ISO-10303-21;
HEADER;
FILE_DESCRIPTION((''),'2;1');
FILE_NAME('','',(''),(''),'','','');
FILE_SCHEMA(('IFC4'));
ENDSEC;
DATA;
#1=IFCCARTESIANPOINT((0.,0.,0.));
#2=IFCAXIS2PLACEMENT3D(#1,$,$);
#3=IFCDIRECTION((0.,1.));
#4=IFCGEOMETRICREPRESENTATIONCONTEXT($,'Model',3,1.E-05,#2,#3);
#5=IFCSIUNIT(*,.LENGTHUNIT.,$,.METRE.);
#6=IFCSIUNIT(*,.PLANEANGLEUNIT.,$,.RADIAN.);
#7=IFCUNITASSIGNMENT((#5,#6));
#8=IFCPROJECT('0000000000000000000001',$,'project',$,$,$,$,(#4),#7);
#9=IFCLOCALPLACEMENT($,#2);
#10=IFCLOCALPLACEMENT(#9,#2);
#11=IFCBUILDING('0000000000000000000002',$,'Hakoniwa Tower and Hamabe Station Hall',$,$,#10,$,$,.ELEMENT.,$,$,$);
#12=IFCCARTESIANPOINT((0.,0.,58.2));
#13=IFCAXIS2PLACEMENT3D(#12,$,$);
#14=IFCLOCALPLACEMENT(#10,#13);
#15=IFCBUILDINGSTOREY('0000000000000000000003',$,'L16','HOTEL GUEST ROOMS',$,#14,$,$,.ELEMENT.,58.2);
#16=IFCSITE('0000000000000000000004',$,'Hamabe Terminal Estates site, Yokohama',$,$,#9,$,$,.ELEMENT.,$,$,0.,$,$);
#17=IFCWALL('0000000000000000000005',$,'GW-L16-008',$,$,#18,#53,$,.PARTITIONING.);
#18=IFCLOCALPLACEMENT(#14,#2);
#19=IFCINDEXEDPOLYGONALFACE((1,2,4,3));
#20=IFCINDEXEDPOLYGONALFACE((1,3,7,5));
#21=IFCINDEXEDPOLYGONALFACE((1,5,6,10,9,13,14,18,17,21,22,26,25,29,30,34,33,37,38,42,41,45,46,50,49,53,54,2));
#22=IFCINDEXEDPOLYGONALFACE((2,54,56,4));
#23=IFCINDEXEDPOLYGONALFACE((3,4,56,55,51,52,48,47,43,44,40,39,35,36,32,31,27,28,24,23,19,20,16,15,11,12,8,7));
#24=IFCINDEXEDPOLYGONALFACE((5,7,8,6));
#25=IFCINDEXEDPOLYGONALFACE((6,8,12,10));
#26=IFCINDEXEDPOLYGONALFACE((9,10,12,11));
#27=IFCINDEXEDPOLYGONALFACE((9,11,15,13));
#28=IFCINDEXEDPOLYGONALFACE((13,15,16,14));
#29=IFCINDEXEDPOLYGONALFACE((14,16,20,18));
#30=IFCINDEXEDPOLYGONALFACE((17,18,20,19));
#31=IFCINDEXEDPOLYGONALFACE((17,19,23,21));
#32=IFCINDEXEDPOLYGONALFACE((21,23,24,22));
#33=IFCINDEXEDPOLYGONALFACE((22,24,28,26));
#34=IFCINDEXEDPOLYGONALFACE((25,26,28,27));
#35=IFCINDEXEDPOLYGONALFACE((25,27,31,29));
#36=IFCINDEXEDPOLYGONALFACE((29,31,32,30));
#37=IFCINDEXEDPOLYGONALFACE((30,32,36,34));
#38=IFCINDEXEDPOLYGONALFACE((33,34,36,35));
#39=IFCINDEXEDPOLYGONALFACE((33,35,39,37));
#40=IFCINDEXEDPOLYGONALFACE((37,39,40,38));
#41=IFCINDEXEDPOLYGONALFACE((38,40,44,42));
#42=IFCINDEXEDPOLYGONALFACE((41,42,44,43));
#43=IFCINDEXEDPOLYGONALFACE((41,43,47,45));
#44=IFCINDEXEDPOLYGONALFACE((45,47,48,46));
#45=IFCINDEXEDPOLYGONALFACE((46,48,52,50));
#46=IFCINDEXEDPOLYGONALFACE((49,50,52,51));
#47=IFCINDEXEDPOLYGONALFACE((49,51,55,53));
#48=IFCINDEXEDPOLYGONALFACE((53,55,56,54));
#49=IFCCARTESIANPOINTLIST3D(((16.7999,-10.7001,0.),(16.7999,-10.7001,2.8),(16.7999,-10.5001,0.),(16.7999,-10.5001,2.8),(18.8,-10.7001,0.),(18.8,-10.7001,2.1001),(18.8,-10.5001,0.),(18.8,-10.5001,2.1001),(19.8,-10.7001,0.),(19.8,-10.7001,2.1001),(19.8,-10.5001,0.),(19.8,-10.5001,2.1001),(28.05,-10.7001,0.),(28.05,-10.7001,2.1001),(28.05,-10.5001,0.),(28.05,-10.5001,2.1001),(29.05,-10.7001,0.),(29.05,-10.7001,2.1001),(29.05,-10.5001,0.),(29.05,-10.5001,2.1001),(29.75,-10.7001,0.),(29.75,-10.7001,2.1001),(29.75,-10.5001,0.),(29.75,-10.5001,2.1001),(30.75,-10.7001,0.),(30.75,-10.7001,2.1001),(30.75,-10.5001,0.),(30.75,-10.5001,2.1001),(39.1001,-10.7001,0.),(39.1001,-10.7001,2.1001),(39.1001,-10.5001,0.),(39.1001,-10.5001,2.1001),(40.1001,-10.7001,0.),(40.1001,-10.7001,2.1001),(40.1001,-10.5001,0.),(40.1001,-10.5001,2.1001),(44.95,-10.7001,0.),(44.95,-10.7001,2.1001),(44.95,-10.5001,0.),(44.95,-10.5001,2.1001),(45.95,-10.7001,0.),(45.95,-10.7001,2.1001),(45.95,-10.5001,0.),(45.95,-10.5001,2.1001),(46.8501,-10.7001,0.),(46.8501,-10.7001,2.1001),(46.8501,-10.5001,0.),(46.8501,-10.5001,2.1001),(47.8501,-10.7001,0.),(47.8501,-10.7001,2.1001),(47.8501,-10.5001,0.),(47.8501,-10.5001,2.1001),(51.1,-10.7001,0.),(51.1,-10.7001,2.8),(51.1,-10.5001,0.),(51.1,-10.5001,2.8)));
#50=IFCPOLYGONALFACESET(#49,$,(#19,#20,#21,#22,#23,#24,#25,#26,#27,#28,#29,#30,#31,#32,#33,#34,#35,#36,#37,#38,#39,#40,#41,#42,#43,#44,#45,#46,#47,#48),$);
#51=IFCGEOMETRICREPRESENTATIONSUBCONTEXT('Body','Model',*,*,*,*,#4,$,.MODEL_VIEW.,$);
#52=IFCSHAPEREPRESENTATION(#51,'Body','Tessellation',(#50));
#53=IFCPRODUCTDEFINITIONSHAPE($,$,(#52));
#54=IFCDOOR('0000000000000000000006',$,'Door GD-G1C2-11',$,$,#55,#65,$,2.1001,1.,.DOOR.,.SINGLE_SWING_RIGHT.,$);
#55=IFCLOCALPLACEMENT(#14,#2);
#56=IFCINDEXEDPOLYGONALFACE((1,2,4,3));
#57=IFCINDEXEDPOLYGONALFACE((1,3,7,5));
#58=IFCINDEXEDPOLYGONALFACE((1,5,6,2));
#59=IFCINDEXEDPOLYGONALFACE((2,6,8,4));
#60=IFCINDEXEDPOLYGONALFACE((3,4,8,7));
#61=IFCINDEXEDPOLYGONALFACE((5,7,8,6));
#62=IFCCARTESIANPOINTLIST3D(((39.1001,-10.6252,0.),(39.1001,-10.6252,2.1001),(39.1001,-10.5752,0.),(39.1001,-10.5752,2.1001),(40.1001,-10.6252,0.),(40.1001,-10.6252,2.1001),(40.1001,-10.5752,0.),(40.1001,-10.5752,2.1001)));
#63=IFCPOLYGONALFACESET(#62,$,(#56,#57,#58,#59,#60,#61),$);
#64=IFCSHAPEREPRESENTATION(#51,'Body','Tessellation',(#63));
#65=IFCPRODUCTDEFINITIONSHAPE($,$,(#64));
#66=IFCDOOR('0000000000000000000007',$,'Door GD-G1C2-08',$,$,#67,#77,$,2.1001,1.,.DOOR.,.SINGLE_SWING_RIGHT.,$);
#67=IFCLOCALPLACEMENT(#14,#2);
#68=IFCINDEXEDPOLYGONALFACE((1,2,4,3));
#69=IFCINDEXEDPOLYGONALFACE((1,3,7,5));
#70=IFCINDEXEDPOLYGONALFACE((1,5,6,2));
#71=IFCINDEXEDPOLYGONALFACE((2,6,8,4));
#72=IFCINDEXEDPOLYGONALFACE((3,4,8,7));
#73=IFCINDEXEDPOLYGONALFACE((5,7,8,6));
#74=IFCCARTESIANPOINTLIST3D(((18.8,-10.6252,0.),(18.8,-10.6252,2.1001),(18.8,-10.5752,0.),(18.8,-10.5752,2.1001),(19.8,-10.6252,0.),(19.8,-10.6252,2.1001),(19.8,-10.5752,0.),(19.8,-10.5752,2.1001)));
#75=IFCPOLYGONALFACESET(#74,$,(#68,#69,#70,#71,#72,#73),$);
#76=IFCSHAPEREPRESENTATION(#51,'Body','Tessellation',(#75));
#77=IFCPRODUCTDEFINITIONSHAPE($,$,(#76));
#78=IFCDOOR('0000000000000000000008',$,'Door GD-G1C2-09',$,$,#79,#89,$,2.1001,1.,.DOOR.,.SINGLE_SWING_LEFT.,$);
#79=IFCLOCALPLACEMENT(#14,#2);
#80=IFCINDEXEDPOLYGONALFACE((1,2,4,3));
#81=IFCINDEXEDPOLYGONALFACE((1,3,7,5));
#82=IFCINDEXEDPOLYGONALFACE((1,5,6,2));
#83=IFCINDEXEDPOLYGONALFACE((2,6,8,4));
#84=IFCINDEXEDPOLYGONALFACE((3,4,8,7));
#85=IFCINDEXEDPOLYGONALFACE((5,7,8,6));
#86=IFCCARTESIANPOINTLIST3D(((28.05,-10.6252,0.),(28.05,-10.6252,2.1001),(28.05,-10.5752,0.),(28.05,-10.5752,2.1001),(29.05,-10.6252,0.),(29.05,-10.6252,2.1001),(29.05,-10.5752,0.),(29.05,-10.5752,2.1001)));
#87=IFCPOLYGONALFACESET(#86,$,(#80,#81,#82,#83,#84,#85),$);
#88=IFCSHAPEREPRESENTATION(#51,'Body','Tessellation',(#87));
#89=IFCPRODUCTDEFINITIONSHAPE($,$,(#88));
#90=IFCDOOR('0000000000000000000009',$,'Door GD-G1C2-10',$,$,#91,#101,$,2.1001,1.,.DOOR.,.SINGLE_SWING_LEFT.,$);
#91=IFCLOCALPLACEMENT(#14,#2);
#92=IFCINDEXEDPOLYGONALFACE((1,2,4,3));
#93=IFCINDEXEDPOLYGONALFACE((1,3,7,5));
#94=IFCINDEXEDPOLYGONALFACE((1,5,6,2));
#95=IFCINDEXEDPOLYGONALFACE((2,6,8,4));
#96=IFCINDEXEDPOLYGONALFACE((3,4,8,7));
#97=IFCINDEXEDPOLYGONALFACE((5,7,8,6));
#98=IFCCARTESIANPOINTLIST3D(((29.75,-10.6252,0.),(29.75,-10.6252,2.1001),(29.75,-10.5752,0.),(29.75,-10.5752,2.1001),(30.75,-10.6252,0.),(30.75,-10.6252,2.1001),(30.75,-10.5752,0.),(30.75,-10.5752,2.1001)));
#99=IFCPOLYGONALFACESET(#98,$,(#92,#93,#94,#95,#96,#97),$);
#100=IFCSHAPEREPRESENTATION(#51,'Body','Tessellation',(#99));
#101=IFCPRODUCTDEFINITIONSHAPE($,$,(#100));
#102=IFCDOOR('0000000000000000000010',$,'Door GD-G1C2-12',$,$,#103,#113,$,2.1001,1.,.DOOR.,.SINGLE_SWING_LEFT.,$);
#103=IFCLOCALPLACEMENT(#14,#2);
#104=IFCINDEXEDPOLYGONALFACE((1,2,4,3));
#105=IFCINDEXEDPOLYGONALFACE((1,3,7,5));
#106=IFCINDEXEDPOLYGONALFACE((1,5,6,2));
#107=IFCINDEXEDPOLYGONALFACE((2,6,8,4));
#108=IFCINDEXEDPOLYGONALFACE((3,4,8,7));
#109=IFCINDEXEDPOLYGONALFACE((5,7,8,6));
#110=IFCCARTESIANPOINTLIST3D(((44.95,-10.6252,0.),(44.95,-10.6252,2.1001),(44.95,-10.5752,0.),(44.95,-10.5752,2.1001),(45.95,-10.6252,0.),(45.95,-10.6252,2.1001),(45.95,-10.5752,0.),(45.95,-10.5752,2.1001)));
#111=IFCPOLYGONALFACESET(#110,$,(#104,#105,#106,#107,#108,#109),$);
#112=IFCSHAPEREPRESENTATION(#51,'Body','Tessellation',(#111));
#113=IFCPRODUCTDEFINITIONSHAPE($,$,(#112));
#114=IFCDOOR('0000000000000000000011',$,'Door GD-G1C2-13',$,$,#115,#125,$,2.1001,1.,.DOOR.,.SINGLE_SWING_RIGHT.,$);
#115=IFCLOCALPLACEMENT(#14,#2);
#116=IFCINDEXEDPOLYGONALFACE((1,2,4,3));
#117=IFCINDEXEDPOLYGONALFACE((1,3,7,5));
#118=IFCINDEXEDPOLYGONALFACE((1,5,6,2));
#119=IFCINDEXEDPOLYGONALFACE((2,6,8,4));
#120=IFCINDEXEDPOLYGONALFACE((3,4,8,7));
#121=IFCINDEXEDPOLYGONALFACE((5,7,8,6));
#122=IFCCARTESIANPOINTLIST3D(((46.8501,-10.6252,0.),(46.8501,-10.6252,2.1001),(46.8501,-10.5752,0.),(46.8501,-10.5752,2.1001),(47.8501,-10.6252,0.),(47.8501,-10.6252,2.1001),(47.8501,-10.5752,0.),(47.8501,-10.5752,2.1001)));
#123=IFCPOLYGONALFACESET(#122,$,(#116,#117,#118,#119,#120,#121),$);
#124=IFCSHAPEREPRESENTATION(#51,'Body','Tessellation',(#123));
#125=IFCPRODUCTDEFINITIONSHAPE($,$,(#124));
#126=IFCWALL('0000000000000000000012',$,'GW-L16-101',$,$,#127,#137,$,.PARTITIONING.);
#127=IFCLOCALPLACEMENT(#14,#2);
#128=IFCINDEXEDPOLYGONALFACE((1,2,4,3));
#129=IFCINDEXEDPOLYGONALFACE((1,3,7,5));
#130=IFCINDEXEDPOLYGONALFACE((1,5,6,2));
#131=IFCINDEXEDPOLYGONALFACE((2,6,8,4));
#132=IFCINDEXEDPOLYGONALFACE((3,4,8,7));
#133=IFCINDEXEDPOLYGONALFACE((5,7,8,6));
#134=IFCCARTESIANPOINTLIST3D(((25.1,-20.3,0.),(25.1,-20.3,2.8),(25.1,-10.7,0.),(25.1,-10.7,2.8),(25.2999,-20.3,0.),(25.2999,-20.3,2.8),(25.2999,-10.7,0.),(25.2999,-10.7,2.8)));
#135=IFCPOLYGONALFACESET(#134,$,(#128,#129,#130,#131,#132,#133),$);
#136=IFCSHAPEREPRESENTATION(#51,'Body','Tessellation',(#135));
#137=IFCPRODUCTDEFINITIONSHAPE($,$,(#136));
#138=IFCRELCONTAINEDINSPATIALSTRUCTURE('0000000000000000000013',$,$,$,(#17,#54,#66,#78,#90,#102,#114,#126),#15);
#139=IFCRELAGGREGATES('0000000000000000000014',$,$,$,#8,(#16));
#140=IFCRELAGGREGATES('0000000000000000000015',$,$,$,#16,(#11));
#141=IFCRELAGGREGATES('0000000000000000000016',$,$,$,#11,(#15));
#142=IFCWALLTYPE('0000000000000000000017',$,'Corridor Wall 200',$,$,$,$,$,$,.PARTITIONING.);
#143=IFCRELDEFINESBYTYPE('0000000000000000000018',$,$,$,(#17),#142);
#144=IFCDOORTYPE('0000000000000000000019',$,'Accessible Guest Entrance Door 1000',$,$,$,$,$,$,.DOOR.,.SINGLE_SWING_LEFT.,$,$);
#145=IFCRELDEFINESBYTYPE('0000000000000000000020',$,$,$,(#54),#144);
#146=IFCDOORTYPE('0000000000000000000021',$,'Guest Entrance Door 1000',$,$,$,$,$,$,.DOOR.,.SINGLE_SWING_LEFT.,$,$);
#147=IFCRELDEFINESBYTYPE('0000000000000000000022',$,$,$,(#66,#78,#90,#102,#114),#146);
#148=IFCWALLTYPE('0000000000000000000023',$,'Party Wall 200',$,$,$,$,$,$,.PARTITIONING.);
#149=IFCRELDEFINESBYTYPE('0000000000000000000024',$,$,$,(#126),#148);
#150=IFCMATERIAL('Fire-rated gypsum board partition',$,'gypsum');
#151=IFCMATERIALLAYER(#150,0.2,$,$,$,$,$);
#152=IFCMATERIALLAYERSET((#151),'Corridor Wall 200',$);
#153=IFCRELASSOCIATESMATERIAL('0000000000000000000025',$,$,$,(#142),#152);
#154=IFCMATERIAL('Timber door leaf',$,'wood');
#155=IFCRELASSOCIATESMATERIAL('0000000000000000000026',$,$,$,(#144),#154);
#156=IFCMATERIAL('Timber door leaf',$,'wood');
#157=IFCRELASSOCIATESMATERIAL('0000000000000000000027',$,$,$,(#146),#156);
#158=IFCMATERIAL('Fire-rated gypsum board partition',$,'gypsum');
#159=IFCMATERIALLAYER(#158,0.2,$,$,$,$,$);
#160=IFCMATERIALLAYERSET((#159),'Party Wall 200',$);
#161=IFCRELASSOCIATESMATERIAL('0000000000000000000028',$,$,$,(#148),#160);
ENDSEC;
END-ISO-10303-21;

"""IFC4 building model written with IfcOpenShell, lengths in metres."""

from ifc_helpers import new_model, si_unit, direction, frame, frame_2d, origin, place, context, subcontext, project, spatial, rectangle, extrude, material, layer, layer_set, type_object, element, fill, save


model = new_model("IFC4")

# Units and contexts
model_context = context("Model", 3, precision=1e-05, world=origin(), true_north=direction((0.0, 1.0)))
body_context = subcontext(model_context, "Body", "Model", "MODEL_VIEW")
ifc_project = project(units=[si_unit("LENGTHUNIT", "METRE"), si_unit("PLANEANGLEUNIT", "RADIAN")], contexts=[model_context])

# Site, building, storey
site_placement = place(None, origin())
site = spatial("IfcSite", under=ifc_project, at=site_placement, Name="Hamabe Terminal Estates site, Yokohama", CompositionType="ELEMENT", RefElevation=0.0)
building_placement = place(site_placement, origin())
building = spatial("IfcBuilding", under=site, at=building_placement, Name="Hakoniwa Tower and Hamabe Station Hall", CompositionType="ELEMENT")
storey_placement = place(building_placement, frame((0.0, 0.0, 58.2)))
storey = spatial("IfcBuildingStorey", under=building, at=storey_placement, Name="L16", Description="HOTEL GUEST ROOMS", CompositionType="ELEMENT", Elevation=58.2)

# Wall, openings, doors
ifc_material_1 = material(Name="Fire-rated gypsum board partition", Category="gypsum")
ifc_layer_1 = layer(ifc_material_1, 0.2)
ifc_layer_set_1 = layer_set([ifc_layer_1], Name="Corridor Wall 200")
wall_type_1 = type_object("IfcWallType", Name="Corridor Wall 200", PredefinedType="PARTITIONING", material=ifc_layer_set_1)
wall_1_placement = place(storey_placement, frame((16.8, -10.6001, 0.0), z_axis=(0.0, 0.0, 1.0), x_axis=(1.0, 0.0, 0.0)))
wall_1 = element("IfcWall", 1, at=wall_1_placement, inside=storey, type_object=wall_type_1, Name="GW-L16-008", PredefinedType="PARTITIONING", context=body_context, shape_type="SweptSolid", body=[
    extrude(rectangle(XDim=34.3, YDim=0.2, at=frame_2d((17.1499, 0.0))), origin(), (0.0, 0.0, 1.0), 2.8),
])
opening_1_placement = place(wall_1_placement, frame((2.0, 0.0, 0.0)))
opening_1 = element("IfcOpeningElement", 2, at=opening_1_placement, cuts=wall_1, PredefinedType="OPENING", context=body_context, shape_type="SweptSolid", body=[
    extrude(rectangle(XDim=1.0, YDim=2.1001, at=frame_2d((0.5, 1.05))), frame((0.0, 0.1099, 0.0), z_axis=(0.0, -1.0, 0.0), x_axis=(1.0, 0.0, 0.0)), (0.0, 0.0, 1.0), 0.22),
])
opening_2_placement = place(wall_1_placement, frame((11.25, 0.0, 0.0)))
opening_2 = element("IfcOpeningElement", 3, at=opening_2_placement, cuts=wall_1, PredefinedType="OPENING", context=body_context, shape_type="SweptSolid", body=[
    extrude(rectangle(XDim=1.0, YDim=2.1001, at=frame_2d((0.5, 1.05))), frame((0.0, 0.1099, 0.0), z_axis=(0.0, -1.0, 0.0), x_axis=(1.0, 0.0, 0.0)), (0.0, 0.0, 1.0), 0.22),
])
opening_3_placement = place(wall_1_placement, frame((12.95, 0.0, 0.0)))
opening_3 = element("IfcOpeningElement", 4, at=opening_3_placement, cuts=wall_1, PredefinedType="OPENING", context=body_context, shape_type="SweptSolid", body=[
    extrude(rectangle(XDim=1.0, YDim=2.1001, at=frame_2d((0.5, 1.05))), frame((0.0, 0.1099, 0.0), z_axis=(0.0, -1.0, 0.0), x_axis=(1.0, 0.0, 0.0)), (0.0, 0.0, 1.0), 0.22),
])
opening_4_placement = place(wall_1_placement, frame((22.3, 0.0, 0.0)))
opening_4 = element("IfcOpeningElement", 5, at=opening_4_placement, cuts=wall_1, PredefinedType="OPENING", context=body_context, shape_type="SweptSolid", body=[
    extrude(rectangle(XDim=1.0, YDim=2.1001, at=frame_2d((0.5, 1.05))), frame((0.0, 0.1099, 0.0), z_axis=(0.0, -1.0, 0.0), x_axis=(1.0, 0.0, 0.0)), (0.0, 0.0, 1.0), 0.22),
])
opening_5_placement = place(wall_1_placement, frame((28.1499, 0.0, 0.0)))
opening_5 = element("IfcOpeningElement", 6, at=opening_5_placement, cuts=wall_1, PredefinedType="OPENING", context=body_context, shape_type="SweptSolid", body=[
    extrude(rectangle(XDim=1.0, YDim=2.1001, at=frame_2d((0.5, 1.05))), frame((0.0, 0.1099, 0.0), z_axis=(0.0, -1.0, 0.0), x_axis=(1.0, 0.0, 0.0)), (0.0, 0.0, 1.0), 0.22),
])
opening_6_placement = place(wall_1_placement, frame((30.05, 0.0, 0.0)))
opening_6 = element("IfcOpeningElement", 7, at=opening_6_placement, cuts=wall_1, PredefinedType="OPENING", context=body_context, shape_type="SweptSolid", body=[
    extrude(rectangle(XDim=1.0, YDim=2.1001, at=frame_2d((0.5, 1.05))), frame((0.0, 0.1099, 0.0), z_axis=(0.0, -1.0, 0.0), x_axis=(1.0, 0.0, 0.0)), (0.0, 0.0, 1.0), 0.22),
])
ifc_material_2 = material(Name="Timber door leaf", Category="wood")
door_type_1 = type_object("IfcDoorType", Name="Accessible Guest Entrance Door 1000", OperationType="SINGLE_SWING_LEFT", PredefinedType="DOOR", material=ifc_material_2)
door_1_placement = place(opening_4_placement, origin())
door_1 = element("IfcDoor", 8, at=door_1_placement, inside=storey, type_object=door_type_1, Name="Door GD-G1C2-11", OperationType="SINGLE_SWING_RIGHT", OverallHeight=2.1001, OverallWidth=1.0, PredefinedType="DOOR", context=body_context, shape_type="SweptSolid", body=[
    extrude(rectangle(XDim=1.0, YDim=2.1001, at=frame_2d((0.5, 1.05))), frame((0.0, 0.0249, 0.0), z_axis=(0.0, -1.0, 0.0), x_axis=(1.0, 0.0, 0.0)), (0.0, 0.0, 1.0), 0.05),
])
fill(opening_4, door_1)
ifc_material_3 = material(Name="Timber door leaf", Category="wood")
door_type_2 = type_object("IfcDoorType", Name="Guest Entrance Door 1000", OperationType="SINGLE_SWING_LEFT", PredefinedType="DOOR", material=ifc_material_3)
door_2_placement = place(opening_1_placement, origin())
door_2 = element("IfcDoor", 9, at=door_2_placement, inside=storey, type_object=door_type_2, Name="Door GD-G1C2-08", OperationType="SINGLE_SWING_RIGHT", OverallHeight=2.1001, OverallWidth=1.0, PredefinedType="DOOR", context=body_context, shape_type="SweptSolid", body=[
    extrude(rectangle(XDim=1.0, YDim=2.1001, at=frame_2d((0.5, 1.05))), frame((0.0, 0.0249, 0.0), z_axis=(0.0, -1.0, 0.0), x_axis=(1.0, 0.0, 0.0)), (0.0, 0.0, 1.0), 0.05),
])
fill(opening_1, door_2)
door_3_placement = place(opening_2_placement, origin())
door_3 = element("IfcDoor", 10, at=door_3_placement, inside=storey, type_object=door_type_2, Name="Door GD-G1C2-09", OperationType="SINGLE_SWING_LEFT", OverallHeight=2.1001, OverallWidth=1.0, PredefinedType="DOOR", context=body_context, shape_type="SweptSolid", body=[
    extrude(rectangle(XDim=1.0, YDim=2.1001, at=frame_2d((0.5, 1.05))), frame((0.0, 0.0249, 0.0), z_axis=(0.0, -1.0, 0.0), x_axis=(1.0, 0.0, 0.0)), (0.0, 0.0, 1.0), 0.05),
])
fill(opening_2, door_3)
door_4_placement = place(opening_3_placement, origin())
door_4 = element("IfcDoor", 11, at=door_4_placement, inside=storey, type_object=door_type_2, Name="Door GD-G1C2-10", OperationType="SINGLE_SWING_LEFT", OverallHeight=2.1001, OverallWidth=1.0, PredefinedType="DOOR", context=body_context, shape_type="SweptSolid", body=[
    extrude(rectangle(XDim=1.0, YDim=2.1001, at=frame_2d((0.5, 1.05))), frame((0.0, 0.0249, 0.0), z_axis=(0.0, -1.0, 0.0), x_axis=(1.0, 0.0, 0.0)), (0.0, 0.0, 1.0), 0.05),
])
fill(opening_3, door_4)
door_5_placement = place(opening_5_placement, origin())
door_5 = element("IfcDoor", 12, at=door_5_placement, inside=storey, type_object=door_type_2, Name="Door GD-G1C2-12", OperationType="SINGLE_SWING_LEFT", OverallHeight=2.1001, OverallWidth=1.0, PredefinedType="DOOR", context=body_context, shape_type="SweptSolid", body=[
    extrude(rectangle(XDim=1.0, YDim=2.1001, at=frame_2d((0.5, 1.05))), frame((0.0, 0.0249, 0.0), z_axis=(0.0, -1.0, 0.0), x_axis=(1.0, 0.0, 0.0)), (0.0, 0.0, 1.0), 0.05),
])
fill(opening_5, door_5)
door_6_placement = place(opening_6_placement, origin())
door_6 = element("IfcDoor", 13, at=door_6_placement, inside=storey, type_object=door_type_2, Name="Door GD-G1C2-13", OperationType="SINGLE_SWING_RIGHT", OverallHeight=2.1001, OverallWidth=1.0, PredefinedType="DOOR", context=body_context, shape_type="SweptSolid", body=[
    extrude(rectangle(XDim=1.0, YDim=2.1001, at=frame_2d((0.5, 1.05))), frame((0.0, 0.0249, 0.0), z_axis=(0.0, -1.0, 0.0), x_axis=(1.0, 0.0, 0.0)), (0.0, 0.0, 1.0), 0.05),
])
fill(opening_6, door_6)

# Wall
ifc_material_4 = material(Name="Fire-rated gypsum board partition", Category="gypsum")
ifc_layer_2 = layer(ifc_material_4, 0.2)
ifc_layer_set_2 = layer_set([ifc_layer_2], Name="Party Wall 200")
wall_type_2 = type_object("IfcWallType", Name="Party Wall 200", PredefinedType="PARTITIONING", material=ifc_layer_set_2)
wall_2_placement = place(storey_placement, frame((25.2, -20.3, 0.0), z_axis=(0.0, 0.0, 1.0), x_axis=(0.0, 1.0, 0.0)))
element("IfcWall", 14, at=wall_2_placement, inside=storey, type_object=wall_type_2, Name="GW-L16-101", PredefinedType="PARTITIONING", context=body_context, shape_type="SweptSolid", body=[
    extrude(rectangle(XDim=9.6001, YDim=0.2, at=frame_2d((4.8, 0.0))), origin(), (0.0, 0.0, 1.0), 2.8),
])

save(model, "model.ifc")
